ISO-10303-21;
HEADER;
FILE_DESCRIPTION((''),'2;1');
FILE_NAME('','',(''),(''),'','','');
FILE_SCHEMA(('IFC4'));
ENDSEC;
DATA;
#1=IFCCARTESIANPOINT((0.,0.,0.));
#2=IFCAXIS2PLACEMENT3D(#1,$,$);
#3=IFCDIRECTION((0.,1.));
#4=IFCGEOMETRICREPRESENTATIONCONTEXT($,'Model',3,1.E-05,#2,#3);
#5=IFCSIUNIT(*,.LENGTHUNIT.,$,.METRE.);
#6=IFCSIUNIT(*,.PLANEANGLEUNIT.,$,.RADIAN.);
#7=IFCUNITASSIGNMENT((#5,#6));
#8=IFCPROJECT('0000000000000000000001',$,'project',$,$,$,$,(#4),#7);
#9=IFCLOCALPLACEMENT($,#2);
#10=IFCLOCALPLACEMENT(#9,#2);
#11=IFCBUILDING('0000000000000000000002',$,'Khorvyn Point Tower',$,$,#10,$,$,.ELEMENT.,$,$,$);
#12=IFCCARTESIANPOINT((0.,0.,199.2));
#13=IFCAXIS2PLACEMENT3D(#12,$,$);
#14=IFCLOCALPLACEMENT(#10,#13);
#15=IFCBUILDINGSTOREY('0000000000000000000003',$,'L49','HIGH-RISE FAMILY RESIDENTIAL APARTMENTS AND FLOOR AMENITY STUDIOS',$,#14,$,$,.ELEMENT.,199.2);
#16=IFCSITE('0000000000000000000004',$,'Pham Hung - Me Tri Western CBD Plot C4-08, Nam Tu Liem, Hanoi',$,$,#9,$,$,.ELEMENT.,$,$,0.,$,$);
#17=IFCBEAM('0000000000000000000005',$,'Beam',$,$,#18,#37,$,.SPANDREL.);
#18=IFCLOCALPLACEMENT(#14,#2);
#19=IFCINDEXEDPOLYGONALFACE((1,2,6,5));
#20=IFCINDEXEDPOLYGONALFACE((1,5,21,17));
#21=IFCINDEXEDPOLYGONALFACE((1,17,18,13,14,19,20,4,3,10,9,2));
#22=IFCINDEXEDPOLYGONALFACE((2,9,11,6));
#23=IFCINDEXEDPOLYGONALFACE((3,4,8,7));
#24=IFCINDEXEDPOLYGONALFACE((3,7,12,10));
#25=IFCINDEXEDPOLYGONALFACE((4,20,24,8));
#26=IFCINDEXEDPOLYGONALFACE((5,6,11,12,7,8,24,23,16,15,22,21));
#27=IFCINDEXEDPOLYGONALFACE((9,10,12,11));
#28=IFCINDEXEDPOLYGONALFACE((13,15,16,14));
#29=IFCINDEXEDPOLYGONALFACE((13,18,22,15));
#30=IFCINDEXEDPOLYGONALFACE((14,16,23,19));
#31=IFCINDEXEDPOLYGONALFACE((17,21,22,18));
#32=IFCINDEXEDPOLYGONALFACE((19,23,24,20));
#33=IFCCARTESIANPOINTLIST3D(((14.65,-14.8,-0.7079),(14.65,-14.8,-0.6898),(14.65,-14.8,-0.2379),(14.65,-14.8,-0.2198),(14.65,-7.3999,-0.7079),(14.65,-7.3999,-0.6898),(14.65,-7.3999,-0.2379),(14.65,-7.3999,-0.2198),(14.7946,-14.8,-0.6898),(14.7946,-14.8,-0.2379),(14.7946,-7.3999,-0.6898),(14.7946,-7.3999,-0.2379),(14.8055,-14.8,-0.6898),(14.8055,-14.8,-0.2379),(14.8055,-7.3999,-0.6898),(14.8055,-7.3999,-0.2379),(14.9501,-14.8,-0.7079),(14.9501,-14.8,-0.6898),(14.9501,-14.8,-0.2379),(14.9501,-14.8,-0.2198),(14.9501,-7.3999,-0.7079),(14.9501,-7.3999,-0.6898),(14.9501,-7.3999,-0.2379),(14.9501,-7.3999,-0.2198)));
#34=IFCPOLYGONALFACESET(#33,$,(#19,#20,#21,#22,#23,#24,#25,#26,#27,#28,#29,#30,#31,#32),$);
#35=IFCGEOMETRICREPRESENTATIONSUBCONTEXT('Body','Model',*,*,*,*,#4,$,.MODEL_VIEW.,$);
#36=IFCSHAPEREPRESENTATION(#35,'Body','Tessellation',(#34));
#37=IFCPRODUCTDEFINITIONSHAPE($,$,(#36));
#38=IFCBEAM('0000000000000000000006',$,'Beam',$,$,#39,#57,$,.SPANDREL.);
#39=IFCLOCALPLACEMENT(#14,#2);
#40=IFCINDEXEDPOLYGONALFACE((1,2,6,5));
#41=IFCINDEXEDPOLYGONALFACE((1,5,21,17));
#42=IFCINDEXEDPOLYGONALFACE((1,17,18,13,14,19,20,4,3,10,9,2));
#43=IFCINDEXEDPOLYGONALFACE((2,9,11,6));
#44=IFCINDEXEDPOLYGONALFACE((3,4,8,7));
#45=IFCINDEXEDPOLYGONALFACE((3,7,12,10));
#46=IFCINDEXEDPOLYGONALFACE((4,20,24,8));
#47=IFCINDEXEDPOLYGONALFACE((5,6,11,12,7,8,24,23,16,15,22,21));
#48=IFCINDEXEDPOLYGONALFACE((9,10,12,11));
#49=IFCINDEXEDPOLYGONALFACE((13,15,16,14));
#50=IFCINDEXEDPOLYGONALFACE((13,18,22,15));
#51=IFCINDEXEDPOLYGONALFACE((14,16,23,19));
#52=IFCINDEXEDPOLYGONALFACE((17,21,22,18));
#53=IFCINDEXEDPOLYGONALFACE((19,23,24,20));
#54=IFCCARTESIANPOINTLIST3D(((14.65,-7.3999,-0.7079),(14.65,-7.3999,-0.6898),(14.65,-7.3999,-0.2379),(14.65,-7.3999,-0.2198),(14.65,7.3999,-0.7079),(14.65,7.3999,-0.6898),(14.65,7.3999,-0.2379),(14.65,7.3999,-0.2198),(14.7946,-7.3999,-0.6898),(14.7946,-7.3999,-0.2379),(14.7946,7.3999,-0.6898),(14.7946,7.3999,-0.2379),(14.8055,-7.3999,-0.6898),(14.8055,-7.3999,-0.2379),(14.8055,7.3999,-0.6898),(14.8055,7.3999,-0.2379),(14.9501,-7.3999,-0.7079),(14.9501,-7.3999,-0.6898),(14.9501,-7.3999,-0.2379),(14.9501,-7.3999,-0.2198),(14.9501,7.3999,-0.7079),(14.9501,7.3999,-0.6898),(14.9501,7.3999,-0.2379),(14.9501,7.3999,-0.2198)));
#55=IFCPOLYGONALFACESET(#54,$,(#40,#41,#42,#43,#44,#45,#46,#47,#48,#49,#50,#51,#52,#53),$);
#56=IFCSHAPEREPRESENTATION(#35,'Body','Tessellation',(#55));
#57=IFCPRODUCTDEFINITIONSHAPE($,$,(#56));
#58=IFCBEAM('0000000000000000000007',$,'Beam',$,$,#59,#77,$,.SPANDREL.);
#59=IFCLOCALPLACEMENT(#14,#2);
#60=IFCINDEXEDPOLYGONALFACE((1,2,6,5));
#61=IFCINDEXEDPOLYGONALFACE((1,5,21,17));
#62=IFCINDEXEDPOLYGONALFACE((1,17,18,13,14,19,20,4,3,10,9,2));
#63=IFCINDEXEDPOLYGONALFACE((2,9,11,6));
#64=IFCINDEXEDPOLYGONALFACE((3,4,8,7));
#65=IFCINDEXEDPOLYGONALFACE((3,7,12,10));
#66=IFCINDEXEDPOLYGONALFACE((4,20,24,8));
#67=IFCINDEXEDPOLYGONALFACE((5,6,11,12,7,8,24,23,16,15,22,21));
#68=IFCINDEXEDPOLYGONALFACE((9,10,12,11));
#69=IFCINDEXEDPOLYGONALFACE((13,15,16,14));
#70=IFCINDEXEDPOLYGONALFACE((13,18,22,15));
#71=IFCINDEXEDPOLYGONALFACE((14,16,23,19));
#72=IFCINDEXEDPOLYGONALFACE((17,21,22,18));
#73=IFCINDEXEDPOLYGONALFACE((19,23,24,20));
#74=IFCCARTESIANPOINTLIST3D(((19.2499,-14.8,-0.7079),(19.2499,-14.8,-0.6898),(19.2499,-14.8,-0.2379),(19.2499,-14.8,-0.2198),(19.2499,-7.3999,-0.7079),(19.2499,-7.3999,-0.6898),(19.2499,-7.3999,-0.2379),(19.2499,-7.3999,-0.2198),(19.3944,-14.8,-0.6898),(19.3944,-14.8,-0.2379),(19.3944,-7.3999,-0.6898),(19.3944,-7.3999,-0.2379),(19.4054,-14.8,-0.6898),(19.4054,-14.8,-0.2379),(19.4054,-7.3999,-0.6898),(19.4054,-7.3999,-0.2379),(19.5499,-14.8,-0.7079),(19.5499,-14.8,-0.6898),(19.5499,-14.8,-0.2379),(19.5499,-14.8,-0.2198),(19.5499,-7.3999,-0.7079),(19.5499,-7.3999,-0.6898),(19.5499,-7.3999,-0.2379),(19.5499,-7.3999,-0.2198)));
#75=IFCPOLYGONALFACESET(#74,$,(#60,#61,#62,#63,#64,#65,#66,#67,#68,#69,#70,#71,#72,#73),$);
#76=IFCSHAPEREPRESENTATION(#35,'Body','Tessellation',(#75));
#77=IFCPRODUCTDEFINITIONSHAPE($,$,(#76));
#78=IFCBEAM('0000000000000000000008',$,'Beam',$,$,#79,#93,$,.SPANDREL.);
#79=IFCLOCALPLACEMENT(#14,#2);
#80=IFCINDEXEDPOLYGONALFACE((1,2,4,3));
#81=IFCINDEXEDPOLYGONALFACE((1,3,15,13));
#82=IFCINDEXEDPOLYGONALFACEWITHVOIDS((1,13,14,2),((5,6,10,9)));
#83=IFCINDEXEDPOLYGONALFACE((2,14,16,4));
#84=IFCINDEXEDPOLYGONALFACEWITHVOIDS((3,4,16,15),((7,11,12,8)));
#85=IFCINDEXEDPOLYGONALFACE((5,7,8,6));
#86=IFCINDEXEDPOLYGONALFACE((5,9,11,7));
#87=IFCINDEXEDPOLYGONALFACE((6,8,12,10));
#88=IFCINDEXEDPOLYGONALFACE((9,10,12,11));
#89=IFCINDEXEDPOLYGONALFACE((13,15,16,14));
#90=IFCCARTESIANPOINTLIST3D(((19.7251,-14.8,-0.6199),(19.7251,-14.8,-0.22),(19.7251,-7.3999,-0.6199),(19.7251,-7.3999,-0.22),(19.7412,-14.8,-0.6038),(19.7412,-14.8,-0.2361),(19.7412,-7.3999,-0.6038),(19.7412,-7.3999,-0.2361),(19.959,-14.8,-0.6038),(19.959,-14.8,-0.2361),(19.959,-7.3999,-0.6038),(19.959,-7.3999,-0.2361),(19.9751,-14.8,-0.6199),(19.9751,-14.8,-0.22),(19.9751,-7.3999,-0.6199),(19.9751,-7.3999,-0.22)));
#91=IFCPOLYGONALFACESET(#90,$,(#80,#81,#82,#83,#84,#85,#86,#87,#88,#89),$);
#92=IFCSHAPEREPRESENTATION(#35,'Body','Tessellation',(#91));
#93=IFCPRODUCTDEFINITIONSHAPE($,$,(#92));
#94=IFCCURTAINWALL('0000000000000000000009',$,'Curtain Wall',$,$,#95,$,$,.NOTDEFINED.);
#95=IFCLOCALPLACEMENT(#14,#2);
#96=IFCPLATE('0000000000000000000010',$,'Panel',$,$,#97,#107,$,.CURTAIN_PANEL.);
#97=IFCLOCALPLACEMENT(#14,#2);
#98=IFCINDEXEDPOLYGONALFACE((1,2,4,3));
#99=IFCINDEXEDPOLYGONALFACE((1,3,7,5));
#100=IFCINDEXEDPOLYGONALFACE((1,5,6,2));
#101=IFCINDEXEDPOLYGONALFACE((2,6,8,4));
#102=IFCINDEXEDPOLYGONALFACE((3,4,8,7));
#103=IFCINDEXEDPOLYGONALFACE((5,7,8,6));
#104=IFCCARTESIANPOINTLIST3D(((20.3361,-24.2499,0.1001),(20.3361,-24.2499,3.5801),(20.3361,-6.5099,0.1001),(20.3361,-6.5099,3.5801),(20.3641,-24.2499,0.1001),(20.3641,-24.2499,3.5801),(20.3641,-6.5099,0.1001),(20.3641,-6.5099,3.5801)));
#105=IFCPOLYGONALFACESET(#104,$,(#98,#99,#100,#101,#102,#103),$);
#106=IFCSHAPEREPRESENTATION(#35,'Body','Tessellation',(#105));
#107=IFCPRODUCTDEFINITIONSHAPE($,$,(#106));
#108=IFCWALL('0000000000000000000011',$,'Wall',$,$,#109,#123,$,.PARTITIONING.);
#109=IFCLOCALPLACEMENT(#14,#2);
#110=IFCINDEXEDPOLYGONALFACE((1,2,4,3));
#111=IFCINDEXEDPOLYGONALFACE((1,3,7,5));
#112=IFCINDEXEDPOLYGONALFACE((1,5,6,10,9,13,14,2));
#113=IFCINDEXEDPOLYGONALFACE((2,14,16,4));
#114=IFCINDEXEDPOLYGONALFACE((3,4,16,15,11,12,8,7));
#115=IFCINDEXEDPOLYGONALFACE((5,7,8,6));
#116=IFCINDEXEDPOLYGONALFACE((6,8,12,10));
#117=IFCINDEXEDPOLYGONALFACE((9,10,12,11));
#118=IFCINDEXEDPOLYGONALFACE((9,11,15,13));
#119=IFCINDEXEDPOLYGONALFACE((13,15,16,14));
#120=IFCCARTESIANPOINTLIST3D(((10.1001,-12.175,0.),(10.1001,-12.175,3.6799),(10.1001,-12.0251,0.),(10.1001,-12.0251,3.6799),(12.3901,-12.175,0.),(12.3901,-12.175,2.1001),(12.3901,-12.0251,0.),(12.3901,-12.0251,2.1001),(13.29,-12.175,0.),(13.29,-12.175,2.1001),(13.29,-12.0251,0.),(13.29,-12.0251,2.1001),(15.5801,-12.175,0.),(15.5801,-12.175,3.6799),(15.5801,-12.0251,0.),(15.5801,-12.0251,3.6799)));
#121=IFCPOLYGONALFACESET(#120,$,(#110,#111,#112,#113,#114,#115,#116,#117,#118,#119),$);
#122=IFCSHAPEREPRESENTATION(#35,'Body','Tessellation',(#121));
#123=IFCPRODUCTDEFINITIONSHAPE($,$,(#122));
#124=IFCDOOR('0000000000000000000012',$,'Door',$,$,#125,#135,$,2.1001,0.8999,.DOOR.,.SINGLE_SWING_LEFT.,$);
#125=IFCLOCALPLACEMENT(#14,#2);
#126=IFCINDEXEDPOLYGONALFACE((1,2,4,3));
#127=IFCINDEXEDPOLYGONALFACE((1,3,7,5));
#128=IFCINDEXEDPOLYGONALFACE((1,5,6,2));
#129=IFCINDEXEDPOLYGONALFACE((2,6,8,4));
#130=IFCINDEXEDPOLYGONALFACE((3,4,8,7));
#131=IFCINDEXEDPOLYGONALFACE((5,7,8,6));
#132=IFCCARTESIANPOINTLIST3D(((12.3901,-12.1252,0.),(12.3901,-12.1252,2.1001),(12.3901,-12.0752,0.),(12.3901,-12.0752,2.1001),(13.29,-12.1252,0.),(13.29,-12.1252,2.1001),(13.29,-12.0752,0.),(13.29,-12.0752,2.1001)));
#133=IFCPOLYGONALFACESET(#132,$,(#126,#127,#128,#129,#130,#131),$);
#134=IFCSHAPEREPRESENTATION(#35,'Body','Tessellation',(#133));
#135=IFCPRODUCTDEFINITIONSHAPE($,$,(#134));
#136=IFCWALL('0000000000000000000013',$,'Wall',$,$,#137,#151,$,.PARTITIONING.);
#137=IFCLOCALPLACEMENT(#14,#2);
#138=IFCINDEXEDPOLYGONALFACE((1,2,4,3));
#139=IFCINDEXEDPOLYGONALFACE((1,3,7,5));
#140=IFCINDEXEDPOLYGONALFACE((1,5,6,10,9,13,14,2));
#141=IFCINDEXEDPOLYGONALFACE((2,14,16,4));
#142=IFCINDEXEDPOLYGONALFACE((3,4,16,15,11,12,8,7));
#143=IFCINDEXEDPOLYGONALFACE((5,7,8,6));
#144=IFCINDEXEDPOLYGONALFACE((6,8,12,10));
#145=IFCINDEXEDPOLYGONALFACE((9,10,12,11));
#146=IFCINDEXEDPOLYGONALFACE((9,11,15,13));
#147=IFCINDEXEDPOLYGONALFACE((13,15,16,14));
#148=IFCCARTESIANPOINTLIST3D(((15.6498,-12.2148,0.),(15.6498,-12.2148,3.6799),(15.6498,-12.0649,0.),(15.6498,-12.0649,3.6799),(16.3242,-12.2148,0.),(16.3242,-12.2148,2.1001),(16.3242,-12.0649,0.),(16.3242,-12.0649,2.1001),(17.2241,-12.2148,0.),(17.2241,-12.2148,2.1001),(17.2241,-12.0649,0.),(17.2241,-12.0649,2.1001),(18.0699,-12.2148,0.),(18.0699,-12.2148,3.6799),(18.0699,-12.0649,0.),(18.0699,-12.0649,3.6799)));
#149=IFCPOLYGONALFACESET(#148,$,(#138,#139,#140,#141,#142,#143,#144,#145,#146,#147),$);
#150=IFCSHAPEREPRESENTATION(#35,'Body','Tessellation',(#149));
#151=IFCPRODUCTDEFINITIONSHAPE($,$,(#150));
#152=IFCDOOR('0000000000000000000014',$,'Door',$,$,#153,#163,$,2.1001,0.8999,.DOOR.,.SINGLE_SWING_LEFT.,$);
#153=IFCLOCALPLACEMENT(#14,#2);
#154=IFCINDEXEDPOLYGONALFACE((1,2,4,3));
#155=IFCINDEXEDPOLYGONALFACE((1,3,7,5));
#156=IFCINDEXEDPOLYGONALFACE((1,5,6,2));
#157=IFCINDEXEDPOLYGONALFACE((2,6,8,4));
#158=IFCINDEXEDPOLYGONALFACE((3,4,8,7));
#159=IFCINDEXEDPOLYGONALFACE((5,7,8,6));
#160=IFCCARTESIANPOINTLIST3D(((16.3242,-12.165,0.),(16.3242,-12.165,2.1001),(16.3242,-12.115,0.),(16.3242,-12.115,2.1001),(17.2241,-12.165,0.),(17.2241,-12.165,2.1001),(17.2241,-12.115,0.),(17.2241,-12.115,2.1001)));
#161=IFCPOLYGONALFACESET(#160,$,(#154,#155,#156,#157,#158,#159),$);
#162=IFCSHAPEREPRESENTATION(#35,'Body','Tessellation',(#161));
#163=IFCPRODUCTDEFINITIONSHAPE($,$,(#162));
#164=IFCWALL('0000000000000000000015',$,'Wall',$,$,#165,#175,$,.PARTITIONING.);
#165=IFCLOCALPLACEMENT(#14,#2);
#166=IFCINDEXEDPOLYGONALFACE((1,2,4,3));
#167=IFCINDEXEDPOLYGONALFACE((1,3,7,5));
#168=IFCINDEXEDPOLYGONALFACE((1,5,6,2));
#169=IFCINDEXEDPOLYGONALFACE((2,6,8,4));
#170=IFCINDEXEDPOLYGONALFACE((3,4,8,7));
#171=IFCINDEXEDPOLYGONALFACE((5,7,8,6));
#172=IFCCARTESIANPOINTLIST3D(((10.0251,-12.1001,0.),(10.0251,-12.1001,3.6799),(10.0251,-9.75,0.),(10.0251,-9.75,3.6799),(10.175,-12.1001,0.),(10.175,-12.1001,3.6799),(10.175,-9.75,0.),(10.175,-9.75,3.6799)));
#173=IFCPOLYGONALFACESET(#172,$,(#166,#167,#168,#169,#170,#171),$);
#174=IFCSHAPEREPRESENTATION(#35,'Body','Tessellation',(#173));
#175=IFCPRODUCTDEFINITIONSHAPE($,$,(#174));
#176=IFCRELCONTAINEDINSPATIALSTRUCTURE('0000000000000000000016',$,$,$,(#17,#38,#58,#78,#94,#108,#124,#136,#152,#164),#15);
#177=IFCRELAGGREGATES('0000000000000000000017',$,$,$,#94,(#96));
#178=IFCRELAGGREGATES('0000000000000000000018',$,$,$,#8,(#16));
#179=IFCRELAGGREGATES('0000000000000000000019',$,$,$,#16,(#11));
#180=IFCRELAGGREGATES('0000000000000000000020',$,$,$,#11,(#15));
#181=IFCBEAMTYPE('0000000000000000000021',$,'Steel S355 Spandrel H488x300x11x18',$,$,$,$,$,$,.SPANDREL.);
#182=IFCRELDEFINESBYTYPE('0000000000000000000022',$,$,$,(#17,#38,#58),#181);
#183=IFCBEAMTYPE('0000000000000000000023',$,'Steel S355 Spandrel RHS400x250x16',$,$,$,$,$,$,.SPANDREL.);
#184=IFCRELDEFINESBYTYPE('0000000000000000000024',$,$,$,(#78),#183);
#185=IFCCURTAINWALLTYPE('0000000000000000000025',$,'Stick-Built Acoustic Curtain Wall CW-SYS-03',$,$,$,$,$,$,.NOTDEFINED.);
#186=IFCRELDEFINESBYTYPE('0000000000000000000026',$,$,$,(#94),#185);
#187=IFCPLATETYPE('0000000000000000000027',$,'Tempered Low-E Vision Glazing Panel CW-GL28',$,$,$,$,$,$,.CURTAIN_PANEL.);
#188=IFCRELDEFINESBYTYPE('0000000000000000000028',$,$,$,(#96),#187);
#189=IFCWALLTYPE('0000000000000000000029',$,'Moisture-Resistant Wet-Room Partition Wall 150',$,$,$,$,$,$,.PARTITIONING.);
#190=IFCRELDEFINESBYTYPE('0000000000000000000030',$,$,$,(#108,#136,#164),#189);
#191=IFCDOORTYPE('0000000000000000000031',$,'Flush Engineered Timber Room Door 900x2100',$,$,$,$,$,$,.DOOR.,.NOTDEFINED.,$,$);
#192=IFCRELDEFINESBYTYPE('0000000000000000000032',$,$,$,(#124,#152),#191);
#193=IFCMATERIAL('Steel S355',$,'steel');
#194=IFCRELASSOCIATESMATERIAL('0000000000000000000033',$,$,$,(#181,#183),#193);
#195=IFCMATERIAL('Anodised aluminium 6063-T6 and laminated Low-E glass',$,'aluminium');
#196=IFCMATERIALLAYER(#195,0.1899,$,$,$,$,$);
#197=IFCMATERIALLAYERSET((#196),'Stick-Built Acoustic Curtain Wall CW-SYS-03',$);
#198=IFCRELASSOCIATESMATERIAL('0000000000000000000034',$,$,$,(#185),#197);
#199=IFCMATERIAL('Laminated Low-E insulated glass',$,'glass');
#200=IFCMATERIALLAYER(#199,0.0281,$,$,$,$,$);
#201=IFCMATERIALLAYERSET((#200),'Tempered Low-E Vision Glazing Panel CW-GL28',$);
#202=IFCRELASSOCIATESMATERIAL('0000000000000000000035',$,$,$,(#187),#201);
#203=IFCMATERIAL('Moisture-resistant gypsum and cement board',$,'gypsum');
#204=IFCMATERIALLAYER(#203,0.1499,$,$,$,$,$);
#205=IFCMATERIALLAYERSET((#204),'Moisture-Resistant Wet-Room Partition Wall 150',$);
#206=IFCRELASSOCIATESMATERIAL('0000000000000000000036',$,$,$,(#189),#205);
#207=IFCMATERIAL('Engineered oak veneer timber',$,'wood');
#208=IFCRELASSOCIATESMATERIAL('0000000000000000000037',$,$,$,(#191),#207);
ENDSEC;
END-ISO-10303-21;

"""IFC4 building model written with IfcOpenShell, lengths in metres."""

from ifc_helpers import new_model, si_unit, direction, frame, frame_2d, origin, origin_2d, place, context, subcontext, project, spatial, rectangle, hollow_rectangle, i_section, extrude, material, layer, layer_set, material_profile, profile_set, type_object, element, fill, aggregate, save


model = new_model("IFC4")

# Units and contexts
model_context = context("Model", 3, precision=1e-05, world=origin(), true_north=direction((0.0, 1.0)))
body_context = subcontext(model_context, "Body", "Model", "MODEL_VIEW")
ifc_project = project(units=[si_unit("LENGTHUNIT", "METRE"), si_unit("PLANEANGLEUNIT", "RADIAN")], contexts=[model_context])

# Site, building, storey
site_placement = place(None, origin())
site = spatial("IfcSite", under=ifc_project, at=site_placement, Name="Pham Hung - Me Tri Western CBD Plot C4-08, Nam Tu Liem, Hanoi", CompositionType="ELEMENT", RefElevation=0.0)
building_placement = place(site_placement, origin())
building = spatial("IfcBuilding", under=site, at=building_placement, Name="Khorvyn Point Tower", CompositionType="ELEMENT")
storey_placement = place(building_placement, frame((0.0, 0.0, 199.2)))
storey = spatial("IfcBuildingStorey", under=building, at=storey_placement, Name="L49", Description="HIGH-RISE FAMILY RESIDENTIAL APARTMENTS AND FLOOR AMENITY STUDIOS", CompositionType="ELEMENT", Elevation=199.2)

# Beams
ifc_material_1 = material(Name="Steel S355", Category="steel")
ifc_material_profile_1 = material_profile(ifc_material_1, i_section(OverallWidth=0.3, OverallDepth=0.488, WebThickness=0.011, FlangeThickness=0.0181, at=origin_2d()))
ifc_profile_set_1 = profile_set([ifc_material_profile_1], Name="Steel S355 H488x300x11x18")
beam_type_1 = type_object("IfcBeamType", Name="Steel S355 Spandrel H488x300x11x18", PredefinedType="SPANDREL", material=ifc_profile_set_1)
beam_1_placement = place(storey_placement, frame((14.8, -14.8, -0.4639), z_axis=(0.0, 1.0, 0.0), x_axis=(-1.0, 0.0, 0.0)))
element("IfcBeam", 1, at=beam_1_placement, inside=storey, type_object=beam_type_1, Name="Beam", PredefinedType="SPANDREL", context=body_context, shape_type="SweptSolid", body=[
    extrude(i_section(OverallWidth=0.3, OverallDepth=0.488, WebThickness=0.011, FlangeThickness=0.0181, at=origin_2d()), origin(), (0.0, 0.0, 1.0), 7.4001),
])
beam_2_placement = place(storey_placement, frame((14.8, -7.3999, -0.4639), z_axis=(0.0, 1.0, 0.0), x_axis=(-1.0, 0.0, 0.0)))
element("IfcBeam", 2, at=beam_2_placement, inside=storey, type_object=beam_type_1, Name="Beam", PredefinedType="SPANDREL", context=body_context, shape_type="SweptSolid", body=[
    extrude(i_section(OverallWidth=0.3, OverallDepth=0.488, WebThickness=0.011, FlangeThickness=0.0181, at=origin_2d()), origin(), (0.0, 0.0, 1.0), 14.7998),
])
beam_3_placement = place(storey_placement, frame((19.3999, -14.8, -0.4639), z_axis=(0.0, 1.0, 0.0), x_axis=(-1.0, 0.0, 0.0)))
element("IfcBeam", 3, at=beam_3_placement, inside=storey, type_object=beam_type_1, Name="Beam", PredefinedType="SPANDREL", context=body_context, shape_type="SweptSolid", body=[
    extrude(i_section(OverallWidth=0.3, OverallDepth=0.488, WebThickness=0.011, FlangeThickness=0.0181, at=origin_2d()), origin(), (0.0, 0.0, 1.0), 7.4001),
])
ifc_material_profile_2 = material_profile(ifc_material_1, hollow_rectangle(XDim=0.25, YDim=0.3999, WallThickness=0.0161, at=origin_2d()))
ifc_profile_set_2 = profile_set([ifc_material_profile_2], Name="Steel S355 RHS400x250x16")
beam_type_2 = type_object("IfcBeamType", Name="Steel S355 Spandrel RHS400x250x16", PredefinedType="SPANDREL", material=ifc_profile_set_2)
beam_4_placement = place(storey_placement, frame((19.8501, -14.8, -0.4199), z_axis=(0.0, 1.0, 0.0), x_axis=(-1.0, 0.0, 0.0)))
element("IfcBeam", 4, at=beam_4_placement, inside=storey, type_object=beam_type_2, Name="Beam", PredefinedType="SPANDREL", context=body_context, shape_type="SweptSolid", body=[
    extrude(hollow_rectangle(XDim=0.25, YDim=0.3999, WallThickness=0.0161, at=origin_2d()), origin(), (0.0, 0.0, 1.0), 7.4001),
])

# Curtain wall, plate
ifc_material_2 = material(Name="Anodised aluminium 6063-T6 and laminated Low-E glass", Category="aluminium")
ifc_layer_1 = layer(ifc_material_2, 0.1899)
ifc_layer_set_1 = layer_set([ifc_layer_1], Name="Stick-Built Acoustic Curtain Wall CW-SYS-03")
curtain_wall_type = type_object("IfcCurtainWallType", Name="Stick-Built Acoustic Curtain Wall CW-SYS-03", PredefinedType="NOTDEFINED", material=ifc_layer_set_1)
curtain_wall_placement = place(storey_placement, origin())
curtain_wall = element("IfcCurtainWall", 5, at=curtain_wall_placement, inside=storey, type_object=curtain_wall_type, Name="Curtain Wall", PredefinedType="NOTDEFINED")
ifc_material_3 = material(Name="Laminated Low-E insulated glass", Category="glass")
ifc_layer_2 = layer(ifc_material_3, 0.0281)
ifc_layer_set_2 = layer_set([ifc_layer_2], Name="Tempered Low-E Vision Glazing Panel CW-GL28")
plate_type = type_object("IfcPlateType", Name="Tempered Low-E Vision Glazing Panel CW-GL28", PredefinedType="CURTAIN_PANEL", material=ifc_layer_set_2)
plate_placement = place(storey_placement, frame((20.3501, -15.3799, 0.1001), z_axis=(0.0, 0.0, 1.0), x_axis=(0.0, -1.0, 0.0)))
plate = element("IfcPlate", 6, at=plate_placement, type_object=plate_type, Name="Panel", PredefinedType="CURTAIN_PANEL", context=body_context, shape_type="SweptSolid", body=[
    extrude(rectangle(XDim=17.74, YDim=0.0281, at=origin_2d()), origin(), (0.0, 0.0, 1.0), 3.48),
])
aggregate(curtain_wall, [plate])

# Walls, openings, doors
ifc_material_4 = material(Name="Moisture-resistant gypsum and cement board", Category="gypsum")
ifc_layer_3 = layer(ifc_material_4, 0.1499)
ifc_layer_set_3 = layer_set([ifc_layer_3], Name="Moisture-Resistant Wet-Room Partition Wall 150")
wall_type = type_object("IfcWallType", Name="Moisture-Resistant Wet-Room Partition Wall 150", PredefinedType="PARTITIONING", material=ifc_layer_set_3)
wall_1_placement = place(storey_placement, frame((10.1001, -12.1001, 0.0), z_axis=(0.0, 0.0, 1.0), x_axis=(1.0, 0.0, 0.0)))
wall_1 = element("IfcWall", 7, at=wall_1_placement, inside=storey, type_object=wall_type, Name="Wall", PredefinedType="PARTITIONING", context=body_context, shape_type="SweptSolid", body=[
    extrude(rectangle(XDim=5.48, YDim=0.1499, at=frame_2d((2.74, 0.0))), origin(), (0.0, 0.0, 1.0), 3.6799),
])
opening_1_placement = place(wall_1_placement, frame((2.29, 0.0, 0.0)))
opening_1 = element("IfcOpeningElement", 8, at=opening_1_placement, cuts=wall_1, PredefinedType="OPENING", context=body_context, shape_type="SweptSolid", body=[
    extrude(rectangle(XDim=0.8999, YDim=2.1001, at=frame_2d((0.45, 1.05))), frame((0.0, 0.085, 0.0), z_axis=(0.0, -1.0, 0.0), x_axis=(1.0, 0.0, 0.0)), (0.0, 0.0, 1.0), 0.1699),
])
ifc_material_5 = material(Name="Engineered oak veneer timber", Category="wood")
door_type = type_object("IfcDoorType", Name="Flush Engineered Timber Room Door 900x2100", OperationType="NOTDEFINED", PredefinedType="DOOR", material=ifc_material_5)
door_1_placement = place(opening_1_placement, origin())
door_1 = element("IfcDoor", 9, at=door_1_placement, inside=storey, type_object=door_type, Name="Door", OperationType="SINGLE_SWING_LEFT", OverallHeight=2.1001, OverallWidth=0.8999, PredefinedType="DOOR", context=body_context, shape_type="SweptSolid", body=[
    extrude(rectangle(XDim=0.8999, YDim=2.1001, at=frame_2d((0.45, 1.05))), frame((0.0, 0.0249, 0.0), z_axis=(0.0, -1.0, 0.0), x_axis=(1.0, 0.0, 0.0)), (0.0, 0.0, 1.0), 0.05),
])
fill(opening_1, door_1)
wall_2_placement = place(storey_placement, frame((15.6499, -12.1399, 0.0), z_axis=(0.0, 0.0, 1.0), x_axis=(1.0, 0.0, 0.0)))
wall_2 = element("IfcWall", 10, at=wall_2_placement, inside=storey, type_object=wall_type, Name="Wall", PredefinedType="PARTITIONING", context=body_context, shape_type="SweptSolid", body=[
    extrude(rectangle(XDim=2.4202, YDim=0.1499, at=frame_2d((1.21, 0.0))), origin(), (0.0, 0.0, 1.0), 3.6799),
])
opening_2_placement = place(wall_2_placement, frame((0.6743, 0.0, 0.0)))
opening_2 = element("IfcOpeningElement", 11, at=opening_2_placement, cuts=wall_2, PredefinedType="OPENING", context=body_context, shape_type="SweptSolid", body=[
    extrude(rectangle(XDim=0.8999, YDim=2.1001, at=frame_2d((0.45, 1.05))), frame((0.0, 0.085, 0.0), z_axis=(0.0, -1.0, 0.0), x_axis=(1.0, 0.0, 0.0)), (0.0, 0.0, 1.0), 0.1699),
])
door_2_placement = place(opening_2_placement, origin())
door_2 = element("IfcDoor", 12, at=door_2_placement, inside=storey, type_object=door_type, Name="Door", OperationType="SINGLE_SWING_LEFT", OverallHeight=2.1001, OverallWidth=0.8999, PredefinedType="DOOR", context=body_context, shape_type="SweptSolid", body=[
    extrude(rectangle(XDim=0.8999, YDim=2.1001, at=frame_2d((0.45, 1.05))), frame((0.0, 0.0249, 0.0), z_axis=(0.0, -1.0, 0.0), x_axis=(1.0, 0.0, 0.0)), (0.0, 0.0, 1.0), 0.05),
])
fill(opening_2, door_2)

# Wall
wall_3_placement = place(storey_placement, frame((10.1001, -12.1001, 0.0), z_axis=(0.0, 0.0, 1.0), x_axis=(0.0, 1.0, 0.0)))
element("IfcWall", 13, at=wall_3_placement, inside=storey, type_object=wall_type, Name="Wall", PredefinedType="PARTITIONING", context=body_context, shape_type="SweptSolid", body=[
    extrude(rectangle(XDim=2.3501, YDim=0.1499, at=frame_2d((1.175, 0.0))), origin(), (0.0, 0.0, 1.0), 3.6799),
])

save(model, "model.ifc")
